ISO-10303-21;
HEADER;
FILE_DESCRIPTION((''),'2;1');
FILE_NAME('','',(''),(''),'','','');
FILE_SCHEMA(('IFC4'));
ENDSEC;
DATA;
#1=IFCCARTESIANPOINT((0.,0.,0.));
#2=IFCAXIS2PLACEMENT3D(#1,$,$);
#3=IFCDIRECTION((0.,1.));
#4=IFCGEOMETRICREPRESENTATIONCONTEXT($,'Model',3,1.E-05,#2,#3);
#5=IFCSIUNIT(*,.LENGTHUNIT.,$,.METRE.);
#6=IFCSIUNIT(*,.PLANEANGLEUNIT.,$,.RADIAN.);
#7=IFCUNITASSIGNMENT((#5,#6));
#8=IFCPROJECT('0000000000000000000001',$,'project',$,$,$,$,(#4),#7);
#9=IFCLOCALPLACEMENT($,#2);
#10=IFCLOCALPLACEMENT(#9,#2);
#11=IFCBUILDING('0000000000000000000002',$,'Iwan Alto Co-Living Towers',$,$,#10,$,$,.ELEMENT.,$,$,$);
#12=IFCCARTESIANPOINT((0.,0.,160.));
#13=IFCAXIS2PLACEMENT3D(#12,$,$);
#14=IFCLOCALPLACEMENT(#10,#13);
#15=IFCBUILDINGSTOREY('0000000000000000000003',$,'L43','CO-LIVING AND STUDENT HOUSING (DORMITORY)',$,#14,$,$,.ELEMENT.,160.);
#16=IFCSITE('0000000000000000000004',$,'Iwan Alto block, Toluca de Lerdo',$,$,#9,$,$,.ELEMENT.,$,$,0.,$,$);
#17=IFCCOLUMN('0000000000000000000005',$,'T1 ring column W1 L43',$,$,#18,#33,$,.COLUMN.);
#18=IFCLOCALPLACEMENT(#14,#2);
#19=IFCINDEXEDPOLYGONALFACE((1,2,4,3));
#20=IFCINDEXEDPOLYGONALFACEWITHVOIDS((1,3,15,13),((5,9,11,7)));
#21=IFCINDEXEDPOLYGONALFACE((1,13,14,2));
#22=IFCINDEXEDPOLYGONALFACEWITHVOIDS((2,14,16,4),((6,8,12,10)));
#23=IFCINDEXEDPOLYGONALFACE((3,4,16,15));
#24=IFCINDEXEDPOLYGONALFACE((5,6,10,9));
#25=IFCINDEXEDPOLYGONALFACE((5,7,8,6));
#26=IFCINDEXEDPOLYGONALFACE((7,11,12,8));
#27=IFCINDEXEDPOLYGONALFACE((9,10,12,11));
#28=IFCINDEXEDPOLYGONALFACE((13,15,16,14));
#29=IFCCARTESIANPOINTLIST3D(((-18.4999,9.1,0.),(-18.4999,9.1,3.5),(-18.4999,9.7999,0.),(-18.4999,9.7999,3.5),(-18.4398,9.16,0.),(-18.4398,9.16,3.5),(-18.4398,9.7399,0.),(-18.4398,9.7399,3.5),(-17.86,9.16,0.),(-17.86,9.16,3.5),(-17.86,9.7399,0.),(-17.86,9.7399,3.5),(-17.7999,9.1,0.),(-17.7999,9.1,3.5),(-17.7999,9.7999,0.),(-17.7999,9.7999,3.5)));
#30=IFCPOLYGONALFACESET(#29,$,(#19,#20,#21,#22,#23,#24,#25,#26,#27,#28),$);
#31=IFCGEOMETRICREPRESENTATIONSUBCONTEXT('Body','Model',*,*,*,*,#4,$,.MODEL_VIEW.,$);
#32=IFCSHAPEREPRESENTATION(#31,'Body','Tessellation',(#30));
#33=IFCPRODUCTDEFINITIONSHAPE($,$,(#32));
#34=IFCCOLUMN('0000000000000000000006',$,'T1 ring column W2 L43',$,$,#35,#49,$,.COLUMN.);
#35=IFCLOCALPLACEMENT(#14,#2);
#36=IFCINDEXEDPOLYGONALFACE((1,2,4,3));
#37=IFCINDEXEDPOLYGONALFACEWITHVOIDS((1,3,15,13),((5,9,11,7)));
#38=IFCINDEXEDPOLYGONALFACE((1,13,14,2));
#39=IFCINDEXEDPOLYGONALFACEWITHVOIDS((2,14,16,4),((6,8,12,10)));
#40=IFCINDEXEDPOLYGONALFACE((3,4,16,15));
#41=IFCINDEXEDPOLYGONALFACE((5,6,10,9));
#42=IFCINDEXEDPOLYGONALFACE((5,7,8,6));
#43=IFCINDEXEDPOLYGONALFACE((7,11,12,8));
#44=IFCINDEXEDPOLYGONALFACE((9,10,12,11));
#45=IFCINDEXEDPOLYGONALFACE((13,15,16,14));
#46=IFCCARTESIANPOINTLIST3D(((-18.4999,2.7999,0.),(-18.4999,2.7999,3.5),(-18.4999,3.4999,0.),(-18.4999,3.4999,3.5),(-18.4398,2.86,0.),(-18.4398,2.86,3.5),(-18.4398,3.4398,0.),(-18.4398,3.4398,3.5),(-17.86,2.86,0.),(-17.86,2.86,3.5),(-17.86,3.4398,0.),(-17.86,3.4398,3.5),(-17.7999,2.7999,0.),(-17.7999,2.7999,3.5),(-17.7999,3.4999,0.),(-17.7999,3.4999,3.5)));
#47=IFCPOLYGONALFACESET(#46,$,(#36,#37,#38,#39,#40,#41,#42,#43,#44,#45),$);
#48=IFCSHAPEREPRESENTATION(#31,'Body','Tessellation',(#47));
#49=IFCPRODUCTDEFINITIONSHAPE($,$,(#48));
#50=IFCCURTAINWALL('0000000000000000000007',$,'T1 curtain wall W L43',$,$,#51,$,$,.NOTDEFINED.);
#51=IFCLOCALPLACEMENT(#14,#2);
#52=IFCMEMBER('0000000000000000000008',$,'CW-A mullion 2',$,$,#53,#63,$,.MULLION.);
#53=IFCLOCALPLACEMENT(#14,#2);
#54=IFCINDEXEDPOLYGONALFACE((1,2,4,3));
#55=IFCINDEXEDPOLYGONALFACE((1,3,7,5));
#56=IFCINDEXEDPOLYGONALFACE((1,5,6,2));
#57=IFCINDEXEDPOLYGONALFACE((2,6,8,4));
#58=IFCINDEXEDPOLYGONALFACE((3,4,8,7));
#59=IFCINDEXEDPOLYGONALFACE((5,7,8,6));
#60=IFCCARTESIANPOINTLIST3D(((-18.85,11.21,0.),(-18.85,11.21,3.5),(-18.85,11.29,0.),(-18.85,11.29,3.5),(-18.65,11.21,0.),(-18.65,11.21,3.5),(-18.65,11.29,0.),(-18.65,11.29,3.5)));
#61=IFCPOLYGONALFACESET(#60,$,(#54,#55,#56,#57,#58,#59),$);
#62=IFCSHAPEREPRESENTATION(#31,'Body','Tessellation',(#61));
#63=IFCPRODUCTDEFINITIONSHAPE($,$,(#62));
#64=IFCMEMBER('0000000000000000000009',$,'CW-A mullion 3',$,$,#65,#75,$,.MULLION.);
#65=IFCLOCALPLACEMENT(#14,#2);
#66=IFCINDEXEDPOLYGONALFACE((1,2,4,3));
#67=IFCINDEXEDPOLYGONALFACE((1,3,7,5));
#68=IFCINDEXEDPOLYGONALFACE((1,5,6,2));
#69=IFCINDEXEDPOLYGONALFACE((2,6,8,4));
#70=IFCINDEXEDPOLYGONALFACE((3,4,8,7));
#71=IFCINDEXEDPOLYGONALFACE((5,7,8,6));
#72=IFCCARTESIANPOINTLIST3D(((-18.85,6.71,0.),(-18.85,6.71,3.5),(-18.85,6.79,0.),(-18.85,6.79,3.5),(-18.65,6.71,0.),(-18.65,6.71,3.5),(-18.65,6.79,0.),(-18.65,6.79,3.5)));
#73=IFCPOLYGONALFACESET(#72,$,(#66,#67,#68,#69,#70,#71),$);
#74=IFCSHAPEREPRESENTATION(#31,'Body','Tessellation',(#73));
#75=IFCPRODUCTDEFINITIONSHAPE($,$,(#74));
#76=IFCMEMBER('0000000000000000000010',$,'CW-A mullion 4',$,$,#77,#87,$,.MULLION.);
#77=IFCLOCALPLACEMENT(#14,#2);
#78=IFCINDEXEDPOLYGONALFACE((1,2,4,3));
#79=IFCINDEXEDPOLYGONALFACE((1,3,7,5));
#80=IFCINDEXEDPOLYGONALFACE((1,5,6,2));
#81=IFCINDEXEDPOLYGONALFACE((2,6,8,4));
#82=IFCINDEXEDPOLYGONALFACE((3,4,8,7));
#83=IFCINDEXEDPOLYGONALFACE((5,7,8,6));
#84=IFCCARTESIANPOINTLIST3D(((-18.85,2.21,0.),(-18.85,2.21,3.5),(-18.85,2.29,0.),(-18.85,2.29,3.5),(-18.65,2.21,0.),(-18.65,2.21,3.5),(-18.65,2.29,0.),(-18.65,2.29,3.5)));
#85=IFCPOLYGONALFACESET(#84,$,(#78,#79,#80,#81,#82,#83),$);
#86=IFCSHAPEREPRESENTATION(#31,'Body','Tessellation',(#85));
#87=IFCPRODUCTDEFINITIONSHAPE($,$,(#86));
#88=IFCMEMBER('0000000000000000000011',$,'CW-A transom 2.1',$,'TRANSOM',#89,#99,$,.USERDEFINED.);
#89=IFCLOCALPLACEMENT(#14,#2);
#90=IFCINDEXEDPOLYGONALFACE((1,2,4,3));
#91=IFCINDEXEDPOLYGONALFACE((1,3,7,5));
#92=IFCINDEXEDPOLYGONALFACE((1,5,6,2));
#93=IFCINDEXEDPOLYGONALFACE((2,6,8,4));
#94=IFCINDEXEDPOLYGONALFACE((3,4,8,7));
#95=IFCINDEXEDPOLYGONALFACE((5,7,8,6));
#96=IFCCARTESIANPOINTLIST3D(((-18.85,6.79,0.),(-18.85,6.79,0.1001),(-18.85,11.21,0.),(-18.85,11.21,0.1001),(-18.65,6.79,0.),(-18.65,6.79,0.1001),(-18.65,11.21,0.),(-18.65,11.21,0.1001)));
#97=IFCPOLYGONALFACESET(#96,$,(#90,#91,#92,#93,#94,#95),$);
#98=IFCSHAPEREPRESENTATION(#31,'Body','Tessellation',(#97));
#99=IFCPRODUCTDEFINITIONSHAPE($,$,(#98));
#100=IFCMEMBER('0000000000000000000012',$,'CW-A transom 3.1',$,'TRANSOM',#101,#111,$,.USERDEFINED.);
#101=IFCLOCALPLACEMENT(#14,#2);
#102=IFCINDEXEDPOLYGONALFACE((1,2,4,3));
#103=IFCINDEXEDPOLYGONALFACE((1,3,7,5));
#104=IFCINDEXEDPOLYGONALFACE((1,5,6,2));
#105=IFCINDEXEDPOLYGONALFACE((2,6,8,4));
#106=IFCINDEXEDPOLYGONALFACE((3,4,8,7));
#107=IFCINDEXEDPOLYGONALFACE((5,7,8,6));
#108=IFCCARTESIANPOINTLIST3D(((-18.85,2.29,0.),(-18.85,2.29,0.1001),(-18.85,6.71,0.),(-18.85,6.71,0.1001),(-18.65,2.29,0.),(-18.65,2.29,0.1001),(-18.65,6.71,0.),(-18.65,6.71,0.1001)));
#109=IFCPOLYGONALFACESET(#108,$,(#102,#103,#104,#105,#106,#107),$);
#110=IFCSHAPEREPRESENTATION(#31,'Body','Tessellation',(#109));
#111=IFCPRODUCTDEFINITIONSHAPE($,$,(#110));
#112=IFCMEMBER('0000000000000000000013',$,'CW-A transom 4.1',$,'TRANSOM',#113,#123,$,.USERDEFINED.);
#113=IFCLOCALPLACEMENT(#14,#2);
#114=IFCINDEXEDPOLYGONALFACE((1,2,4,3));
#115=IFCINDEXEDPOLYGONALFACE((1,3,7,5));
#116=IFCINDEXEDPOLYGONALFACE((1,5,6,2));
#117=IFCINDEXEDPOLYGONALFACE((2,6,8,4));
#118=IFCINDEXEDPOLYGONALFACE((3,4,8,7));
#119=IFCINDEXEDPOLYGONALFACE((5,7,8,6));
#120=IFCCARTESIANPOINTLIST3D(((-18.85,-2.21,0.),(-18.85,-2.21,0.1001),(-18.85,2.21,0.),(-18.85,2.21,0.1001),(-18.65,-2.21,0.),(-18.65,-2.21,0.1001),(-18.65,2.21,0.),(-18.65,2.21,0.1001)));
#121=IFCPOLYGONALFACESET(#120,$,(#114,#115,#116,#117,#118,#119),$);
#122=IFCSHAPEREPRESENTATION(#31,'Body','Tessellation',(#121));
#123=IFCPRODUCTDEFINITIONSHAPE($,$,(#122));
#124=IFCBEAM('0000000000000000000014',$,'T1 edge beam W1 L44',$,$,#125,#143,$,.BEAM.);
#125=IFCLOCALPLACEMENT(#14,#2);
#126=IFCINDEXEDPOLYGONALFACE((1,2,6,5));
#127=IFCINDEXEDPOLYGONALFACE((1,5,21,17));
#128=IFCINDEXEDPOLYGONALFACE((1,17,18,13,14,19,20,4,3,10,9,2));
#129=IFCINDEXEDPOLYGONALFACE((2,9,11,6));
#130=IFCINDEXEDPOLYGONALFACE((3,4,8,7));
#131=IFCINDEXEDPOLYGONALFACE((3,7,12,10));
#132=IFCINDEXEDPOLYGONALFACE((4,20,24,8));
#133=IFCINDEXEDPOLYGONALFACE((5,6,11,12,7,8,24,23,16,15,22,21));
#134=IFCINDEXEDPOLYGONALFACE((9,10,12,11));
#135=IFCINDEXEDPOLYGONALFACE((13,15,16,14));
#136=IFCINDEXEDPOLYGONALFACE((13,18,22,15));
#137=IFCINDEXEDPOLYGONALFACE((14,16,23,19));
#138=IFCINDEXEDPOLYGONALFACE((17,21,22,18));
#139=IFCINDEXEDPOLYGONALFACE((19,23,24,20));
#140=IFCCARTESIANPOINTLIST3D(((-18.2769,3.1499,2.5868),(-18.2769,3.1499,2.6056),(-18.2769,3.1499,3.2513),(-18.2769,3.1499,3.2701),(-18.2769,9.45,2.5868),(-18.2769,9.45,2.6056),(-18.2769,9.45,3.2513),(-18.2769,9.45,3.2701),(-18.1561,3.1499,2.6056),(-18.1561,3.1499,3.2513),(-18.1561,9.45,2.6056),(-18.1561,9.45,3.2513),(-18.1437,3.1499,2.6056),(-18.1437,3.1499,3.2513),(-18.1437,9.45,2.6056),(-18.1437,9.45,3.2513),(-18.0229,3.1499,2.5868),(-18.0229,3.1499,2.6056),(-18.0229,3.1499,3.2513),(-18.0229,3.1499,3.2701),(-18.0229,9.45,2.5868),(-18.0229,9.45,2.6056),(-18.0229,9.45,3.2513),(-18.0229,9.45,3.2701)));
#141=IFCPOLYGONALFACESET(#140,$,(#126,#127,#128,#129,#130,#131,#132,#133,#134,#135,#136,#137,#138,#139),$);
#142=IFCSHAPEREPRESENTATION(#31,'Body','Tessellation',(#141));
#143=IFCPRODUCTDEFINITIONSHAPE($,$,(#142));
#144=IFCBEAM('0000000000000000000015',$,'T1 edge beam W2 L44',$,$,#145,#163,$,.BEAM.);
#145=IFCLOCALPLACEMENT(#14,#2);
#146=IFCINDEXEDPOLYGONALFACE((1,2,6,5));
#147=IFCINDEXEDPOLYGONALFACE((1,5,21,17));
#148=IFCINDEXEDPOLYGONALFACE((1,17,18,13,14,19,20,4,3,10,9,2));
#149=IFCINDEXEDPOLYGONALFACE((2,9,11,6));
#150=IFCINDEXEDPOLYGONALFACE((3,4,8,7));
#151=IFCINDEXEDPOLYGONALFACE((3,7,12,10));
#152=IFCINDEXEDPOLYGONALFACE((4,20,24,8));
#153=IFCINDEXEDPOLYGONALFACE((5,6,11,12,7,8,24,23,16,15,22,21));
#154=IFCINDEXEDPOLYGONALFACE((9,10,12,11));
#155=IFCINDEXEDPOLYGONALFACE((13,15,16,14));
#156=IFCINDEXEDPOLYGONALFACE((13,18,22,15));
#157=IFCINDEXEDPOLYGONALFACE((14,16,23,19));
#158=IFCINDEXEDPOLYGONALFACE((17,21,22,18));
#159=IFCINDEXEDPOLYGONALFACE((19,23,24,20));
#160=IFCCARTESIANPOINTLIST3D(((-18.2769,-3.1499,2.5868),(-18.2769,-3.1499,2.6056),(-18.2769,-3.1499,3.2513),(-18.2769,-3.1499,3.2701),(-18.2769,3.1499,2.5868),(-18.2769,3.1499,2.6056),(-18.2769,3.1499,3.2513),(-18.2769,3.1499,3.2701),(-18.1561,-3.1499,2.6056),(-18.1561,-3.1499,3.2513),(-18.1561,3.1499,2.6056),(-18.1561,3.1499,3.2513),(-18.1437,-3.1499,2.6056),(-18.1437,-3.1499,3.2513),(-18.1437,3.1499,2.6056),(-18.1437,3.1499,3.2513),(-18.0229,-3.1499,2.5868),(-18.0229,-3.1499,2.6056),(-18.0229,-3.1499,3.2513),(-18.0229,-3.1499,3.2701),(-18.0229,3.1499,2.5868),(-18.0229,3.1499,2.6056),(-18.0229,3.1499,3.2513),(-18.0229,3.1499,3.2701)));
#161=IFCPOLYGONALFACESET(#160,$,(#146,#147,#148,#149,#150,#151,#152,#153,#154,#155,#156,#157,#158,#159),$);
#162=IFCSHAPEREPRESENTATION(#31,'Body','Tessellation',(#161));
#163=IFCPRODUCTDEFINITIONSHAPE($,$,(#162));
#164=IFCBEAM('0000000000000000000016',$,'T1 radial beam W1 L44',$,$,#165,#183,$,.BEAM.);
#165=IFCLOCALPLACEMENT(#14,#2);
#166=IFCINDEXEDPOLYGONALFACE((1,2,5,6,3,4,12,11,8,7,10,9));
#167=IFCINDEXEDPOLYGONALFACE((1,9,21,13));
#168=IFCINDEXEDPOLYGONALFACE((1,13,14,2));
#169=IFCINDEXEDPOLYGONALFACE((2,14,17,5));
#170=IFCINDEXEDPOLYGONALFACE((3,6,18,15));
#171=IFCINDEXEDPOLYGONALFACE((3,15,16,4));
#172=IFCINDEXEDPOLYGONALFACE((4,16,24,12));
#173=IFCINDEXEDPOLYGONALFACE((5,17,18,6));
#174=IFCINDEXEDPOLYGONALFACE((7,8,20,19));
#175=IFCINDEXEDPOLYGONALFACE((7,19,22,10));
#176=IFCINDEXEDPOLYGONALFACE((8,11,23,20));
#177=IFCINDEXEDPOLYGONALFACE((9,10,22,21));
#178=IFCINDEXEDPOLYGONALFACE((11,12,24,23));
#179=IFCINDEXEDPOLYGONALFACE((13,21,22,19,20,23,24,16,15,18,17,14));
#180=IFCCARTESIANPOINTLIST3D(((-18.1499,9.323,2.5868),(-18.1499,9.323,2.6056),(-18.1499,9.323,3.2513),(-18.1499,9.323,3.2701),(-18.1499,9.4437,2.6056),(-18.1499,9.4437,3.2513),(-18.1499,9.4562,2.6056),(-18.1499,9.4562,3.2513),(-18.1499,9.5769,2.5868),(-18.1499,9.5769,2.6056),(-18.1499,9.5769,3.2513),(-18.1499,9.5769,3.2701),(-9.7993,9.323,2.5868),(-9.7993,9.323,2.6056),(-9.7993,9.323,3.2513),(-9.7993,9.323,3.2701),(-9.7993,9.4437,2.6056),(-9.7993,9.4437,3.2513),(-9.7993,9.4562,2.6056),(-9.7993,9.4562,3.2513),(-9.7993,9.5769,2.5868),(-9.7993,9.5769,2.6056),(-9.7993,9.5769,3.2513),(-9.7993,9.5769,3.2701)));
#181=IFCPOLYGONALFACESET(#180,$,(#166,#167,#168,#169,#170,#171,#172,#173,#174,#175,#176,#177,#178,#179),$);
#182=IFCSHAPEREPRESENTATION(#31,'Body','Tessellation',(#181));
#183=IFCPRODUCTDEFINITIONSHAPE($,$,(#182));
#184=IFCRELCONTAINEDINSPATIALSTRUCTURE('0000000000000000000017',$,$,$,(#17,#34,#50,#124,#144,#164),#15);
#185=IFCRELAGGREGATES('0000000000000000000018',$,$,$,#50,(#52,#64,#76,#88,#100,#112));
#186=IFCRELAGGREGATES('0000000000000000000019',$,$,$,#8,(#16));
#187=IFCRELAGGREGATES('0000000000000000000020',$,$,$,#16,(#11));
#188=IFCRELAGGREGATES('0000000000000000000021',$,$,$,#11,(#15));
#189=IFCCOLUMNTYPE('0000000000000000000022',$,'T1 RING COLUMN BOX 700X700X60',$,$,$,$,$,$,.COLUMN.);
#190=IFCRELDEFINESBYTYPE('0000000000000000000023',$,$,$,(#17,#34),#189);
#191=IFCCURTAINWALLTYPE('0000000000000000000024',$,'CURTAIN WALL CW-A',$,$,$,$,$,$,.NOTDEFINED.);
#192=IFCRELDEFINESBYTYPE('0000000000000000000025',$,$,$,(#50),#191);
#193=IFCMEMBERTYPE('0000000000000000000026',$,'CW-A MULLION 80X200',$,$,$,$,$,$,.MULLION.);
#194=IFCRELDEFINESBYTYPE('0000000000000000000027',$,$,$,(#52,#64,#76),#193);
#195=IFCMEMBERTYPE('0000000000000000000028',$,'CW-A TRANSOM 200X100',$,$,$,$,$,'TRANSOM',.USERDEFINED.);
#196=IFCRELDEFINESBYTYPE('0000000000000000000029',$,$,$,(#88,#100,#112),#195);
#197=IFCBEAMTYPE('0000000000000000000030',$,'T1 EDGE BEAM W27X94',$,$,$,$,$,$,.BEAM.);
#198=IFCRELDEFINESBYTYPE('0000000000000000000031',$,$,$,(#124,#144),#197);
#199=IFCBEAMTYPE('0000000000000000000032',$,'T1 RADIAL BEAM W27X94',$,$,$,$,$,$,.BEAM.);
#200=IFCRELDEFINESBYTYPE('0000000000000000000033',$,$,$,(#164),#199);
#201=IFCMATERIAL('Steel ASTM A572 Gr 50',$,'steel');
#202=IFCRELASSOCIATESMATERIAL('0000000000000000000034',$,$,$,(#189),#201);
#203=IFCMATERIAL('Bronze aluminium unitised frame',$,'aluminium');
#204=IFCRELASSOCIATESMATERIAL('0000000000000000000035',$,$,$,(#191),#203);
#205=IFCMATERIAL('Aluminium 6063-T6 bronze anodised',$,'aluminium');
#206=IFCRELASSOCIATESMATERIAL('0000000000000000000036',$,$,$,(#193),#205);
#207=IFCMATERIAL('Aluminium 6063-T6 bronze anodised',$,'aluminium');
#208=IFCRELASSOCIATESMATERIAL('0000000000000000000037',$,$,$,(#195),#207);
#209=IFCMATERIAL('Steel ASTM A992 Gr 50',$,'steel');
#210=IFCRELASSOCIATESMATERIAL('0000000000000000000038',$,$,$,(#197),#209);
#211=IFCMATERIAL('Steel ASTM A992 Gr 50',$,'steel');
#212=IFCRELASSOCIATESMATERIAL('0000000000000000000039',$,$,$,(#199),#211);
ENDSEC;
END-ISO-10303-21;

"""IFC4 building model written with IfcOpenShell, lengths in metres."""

from ifc_helpers import new_model, si_unit, direction, frame, origin, origin_2d, place, context, subcontext, project, spatial, rectangle, hollow_rectangle, i_section, extrude, material, material_profile, profile_set, type_object, element, aggregate, save


model = new_model("IFC4")

# Units and contexts
model_context = context("Model", 3, precision=1e-05, world=origin(), true_north=direction((0.0, 1.0)))
body_context = subcontext(model_context, "Body", "Model", "MODEL_VIEW")
ifc_project = project(units=[si_unit("LENGTHUNIT", "METRE"), si_unit("PLANEANGLEUNIT", "RADIAN")], contexts=[model_context])

# Site, building, storey
site_placement = place(None, origin())
site = spatial("IfcSite", under=ifc_project, at=site_placement, Name="Iwan Alto block, Toluca de Lerdo", CompositionType="ELEMENT", RefElevation=0.0)
building_placement = place(site_placement, origin())
building = spatial("IfcBuilding", under=site, at=building_placement, Name="Iwan Alto Co-Living Towers", CompositionType="ELEMENT")
storey_placement = place(building_placement, frame((0.0, 0.0, 160.0)))
storey = spatial("IfcBuildingStorey", under=building, at=storey_placement, Name="L43", Description="CO-LIVING AND STUDENT HOUSING (DORMITORY)", CompositionType="ELEMENT", Elevation=160.0)

# Columns
ifc_material_1 = material(Name="Steel ASTM A572 Gr 50", Category="steel")
ifc_material_profile_1 = material_profile(ifc_material_1, hollow_rectangle(XDim=0.7, YDim=0.7, WallThickness=0.0601, at=origin_2d()), Name="BOX 700X700X60")
ifc_profile_set_1 = profile_set([ifc_material_profile_1], Name="Steel ASTM A572 Gr 50")
column_type = type_object("IfcColumnType", Name="T1 RING COLUMN BOX 700X700X60", PredefinedType="COLUMN", material=ifc_profile_set_1)
for number, where, z_axis, x_axis, name in (
    (1, (-18.1499, 9.45, 0.0), (0.0, 0.0, 1.0), (1.0, 0.0, 0.0), "T1 ring column W1 L43"),
    (2, (-18.1499, 3.1499, 0.0), (0.0, 0.0, 1.0), (1.0, 0.0, 0.0), "T1 ring column W2 L43"),
):
    element("IfcColumn", number, at=place(storey_placement, frame(where, z_axis=z_axis, x_axis=x_axis)), inside=storey, type_object=column_type, Name=name, PredefinedType="COLUMN", context=body_context, shape_type="SweptSolid", body=[
        extrude(hollow_rectangle(XDim=0.7, YDim=0.7, WallThickness=0.0601, at=origin_2d()), origin(), (0.0, 0.0, 1.0), 3.5),
    ])

# Curtain wall, members
ifc_material_2 = material(Name="Bronze aluminium unitised frame", Category="aluminium")
curtain_wall_type = type_object("IfcCurtainWallType", Name="CURTAIN WALL CW-A", PredefinedType="NOTDEFINED", material=ifc_material_2)
curtain_wall_placement = place(storey_placement, origin())
curtain_wall = element("IfcCurtainWall", 3, at=curtain_wall_placement, inside=storey, type_object=curtain_wall_type, Name="T1 curtain wall W L43", PredefinedType="NOTDEFINED")
ifc_material_3 = material(Name="Aluminium 6063-T6 bronze anodised", Category="aluminium")
ifc_material_profile_2 = material_profile(ifc_material_3, rectangle(XDim=0.2, YDim=0.0801, at=origin_2d()), Name="AL 80X200")
ifc_profile_set_2 = profile_set([ifc_material_profile_2], Name="Aluminium 6063-T6 bronze anodised")
member_type_1 = type_object("IfcMemberType", Name="CW-A MULLION 80X200", PredefinedType="MULLION", material=ifc_profile_set_2)
member_1_placement = place(storey_placement, frame((-18.75, 11.25, 0.0), z_axis=(0.0, 0.0, 1.0), x_axis=(1.0, 0.0, 0.0)))
member_1 = element("IfcMember", 4, at=member_1_placement, type_object=member_type_1, Name="CW-A mullion 2", PredefinedType="MULLION", context=body_context, shape_type="SweptSolid", body=[
    extrude(rectangle(XDim=0.2, YDim=0.0801, at=origin_2d()), origin(), (0.0, 0.0, 1.0), 3.5),
])
member_2_placement = place(storey_placement, frame((-18.75, 6.75, 0.0), z_axis=(0.0, 0.0, 1.0), x_axis=(1.0, 0.0, 0.0)))
member_2 = element("IfcMember", 5, at=member_2_placement, type_object=member_type_1, Name="CW-A mullion 3", PredefinedType="MULLION", context=body_context, shape_type="SweptSolid", body=[
    extrude(rectangle(XDim=0.2, YDim=0.0801, at=origin_2d()), origin(), (0.0, 0.0, 1.0), 3.5),
])
member_3_placement = place(storey_placement, frame((-18.75, 2.25, 0.0), z_axis=(0.0, 0.0, 1.0), x_axis=(1.0, 0.0, 0.0)))
member_3 = element("IfcMember", 6, at=member_3_placement, type_object=member_type_1, Name="CW-A mullion 4", PredefinedType="MULLION", context=body_context, shape_type="SweptSolid", body=[
    extrude(rectangle(XDim=0.2, YDim=0.0801, at=origin_2d()), origin(), (0.0, 0.0, 1.0), 3.5),
])
ifc_material_4 = material(Name="Aluminium 6063-T6 bronze anodised", Category="aluminium")
ifc_material_profile_3 = material_profile(ifc_material_4, rectangle(XDim=0.2, YDim=0.1001, at=origin_2d()), Name="AL 200X100")
ifc_profile_set_3 = profile_set([ifc_material_profile_3], Name="Aluminium 6063-T6 bronze anodised")
member_type_2 = type_object("IfcMemberType", Name="CW-A TRANSOM 200X100", ElementType="TRANSOM", PredefinedType="USERDEFINED", material=ifc_profile_set_3)
member_4_placement = place(storey_placement, frame((-18.75, 11.21, 0.05), z_axis=(0.0, -1.0, 0.0), x_axis=(1.0, 0.0, 0.0)))
member_4 = element("IfcMember", 7, at=member_4_placement, type_object=member_type_2, Name="CW-A transom 2.1", ObjectType="TRANSOM", PredefinedType="USERDEFINED", context=body_context, shape_type="SweptSolid", body=[
    extrude(rectangle(XDim=0.2, YDim=0.1001, at=origin_2d()), origin(), (0.0, 0.0, 1.0), 4.4199),
])
member_5_placement = place(storey_placement, frame((-18.75, 6.71, 0.05), z_axis=(0.0, -1.0, 0.0), x_axis=(1.0, 0.0, 0.0)))
member_5 = element("IfcMember", 8, at=member_5_placement, type_object=member_type_2, Name="CW-A transom 3.1", ObjectType="TRANSOM", PredefinedType="USERDEFINED", context=body_context, shape_type="SweptSolid", body=[
    extrude(rectangle(XDim=0.2, YDim=0.1001, at=origin_2d()), origin(), (0.0, 0.0, 1.0), 4.4199),
])
member_6_placement = place(storey_placement, frame((-18.75, 2.21, 0.05), z_axis=(0.0, -1.0, 0.0), x_axis=(1.0, 0.0, 0.0)))
member_6 = element("IfcMember", 9, at=member_6_placement, type_object=member_type_2, Name="CW-A transom 4.1", ObjectType="TRANSOM", PredefinedType="USERDEFINED", context=body_context, shape_type="SweptSolid", body=[
    extrude(rectangle(XDim=0.2, YDim=0.1001, at=origin_2d()), origin(), (0.0, 0.0, 1.0), 4.4199),
])

# Beams
ifc_material_5 = material(Name="Steel ASTM A992 Gr 50", Category="steel")
ifc_material_profile_4 = material_profile(ifc_material_5, i_section(OverallWidth=0.2539, OverallDepth=0.6833, WebThickness=0.0125, FlangeThickness=0.0188, at=origin_2d()), Name="W27X94")
ifc_profile_set_4 = profile_set([ifc_material_profile_4], Name="Steel ASTM A992 Gr 50")
beam_type_1 = type_object("IfcBeamType", Name="T1 EDGE BEAM W27X94", PredefinedType="BEAM", material=ifc_profile_set_4)
beam_1_placement = place(storey_placement, frame((-18.1499, 9.45, 2.9285), z_axis=(0.0, -1.0, 0.0), x_axis=(1.0, 0.0, 0.0)))
element("IfcBeam", 10, at=beam_1_placement, inside=storey, type_object=beam_type_1, Name="T1 edge beam W1 L44", PredefinedType="BEAM", context=body_context, shape_type="SweptSolid", body=[
    extrude(i_section(OverallWidth=0.2539, OverallDepth=0.6833, WebThickness=0.0125, FlangeThickness=0.0188, at=origin_2d()), origin(), (0.0, 0.0, 1.0), 6.3),
])
beam_2_placement = place(storey_placement, frame((-18.1499, 3.1499, 2.9285), z_axis=(0.0, -1.0, 0.0), x_axis=(1.0, 0.0, 0.0)))
element("IfcBeam", 11, at=beam_2_placement, inside=storey, type_object=beam_type_1, Name="T1 edge beam W2 L44", PredefinedType="BEAM", context=body_context, shape_type="SweptSolid", body=[
    extrude(i_section(OverallWidth=0.2539, OverallDepth=0.6833, WebThickness=0.0125, FlangeThickness=0.0188, at=origin_2d()), origin(), (0.0, 0.0, 1.0), 6.2998),
])
ifc_material_6 = material(Name="Steel ASTM A992 Gr 50", Category="steel")
ifc_material_profile_5 = material_profile(ifc_material_6, i_section(OverallWidth=0.2539, OverallDepth=0.6833, WebThickness=0.0125, FlangeThickness=0.0188, at=origin_2d()), Name="W27X94")
ifc_profile_set_5 = profile_set([ifc_material_profile_5], Name="Steel ASTM A992 Gr 50")
beam_type_2 = type_object("IfcBeamType", Name="T1 RADIAL BEAM W27X94", PredefinedType="BEAM", material=ifc_profile_set_5)
for number, where, z_axis, x_axis, name in (
    (12, (-18.1499, 9.45, 2.9285), (1.0, 0.0, 0.0), (0.0, 1.0, 0.0), "T1 radial beam W1 L44"),
):
    element("IfcBeam", number, at=place(storey_placement, frame(where, z_axis=z_axis, x_axis=x_axis)), inside=storey, type_object=beam_type_2, Name=name, PredefinedType="BEAM", context=body_context, shape_type="SweptSolid", body=[
        extrude(i_section(OverallWidth=0.2539, OverallDepth=0.6833, WebThickness=0.0125, FlangeThickness=0.0188, at=origin_2d()), origin(), (0.0, 0.0, 1.0), 8.3506),
    ])

aggregate(curtain_wall, [member_1, member_2, member_3, member_4, member_5, member_6])

save(model, "model.ifc")
